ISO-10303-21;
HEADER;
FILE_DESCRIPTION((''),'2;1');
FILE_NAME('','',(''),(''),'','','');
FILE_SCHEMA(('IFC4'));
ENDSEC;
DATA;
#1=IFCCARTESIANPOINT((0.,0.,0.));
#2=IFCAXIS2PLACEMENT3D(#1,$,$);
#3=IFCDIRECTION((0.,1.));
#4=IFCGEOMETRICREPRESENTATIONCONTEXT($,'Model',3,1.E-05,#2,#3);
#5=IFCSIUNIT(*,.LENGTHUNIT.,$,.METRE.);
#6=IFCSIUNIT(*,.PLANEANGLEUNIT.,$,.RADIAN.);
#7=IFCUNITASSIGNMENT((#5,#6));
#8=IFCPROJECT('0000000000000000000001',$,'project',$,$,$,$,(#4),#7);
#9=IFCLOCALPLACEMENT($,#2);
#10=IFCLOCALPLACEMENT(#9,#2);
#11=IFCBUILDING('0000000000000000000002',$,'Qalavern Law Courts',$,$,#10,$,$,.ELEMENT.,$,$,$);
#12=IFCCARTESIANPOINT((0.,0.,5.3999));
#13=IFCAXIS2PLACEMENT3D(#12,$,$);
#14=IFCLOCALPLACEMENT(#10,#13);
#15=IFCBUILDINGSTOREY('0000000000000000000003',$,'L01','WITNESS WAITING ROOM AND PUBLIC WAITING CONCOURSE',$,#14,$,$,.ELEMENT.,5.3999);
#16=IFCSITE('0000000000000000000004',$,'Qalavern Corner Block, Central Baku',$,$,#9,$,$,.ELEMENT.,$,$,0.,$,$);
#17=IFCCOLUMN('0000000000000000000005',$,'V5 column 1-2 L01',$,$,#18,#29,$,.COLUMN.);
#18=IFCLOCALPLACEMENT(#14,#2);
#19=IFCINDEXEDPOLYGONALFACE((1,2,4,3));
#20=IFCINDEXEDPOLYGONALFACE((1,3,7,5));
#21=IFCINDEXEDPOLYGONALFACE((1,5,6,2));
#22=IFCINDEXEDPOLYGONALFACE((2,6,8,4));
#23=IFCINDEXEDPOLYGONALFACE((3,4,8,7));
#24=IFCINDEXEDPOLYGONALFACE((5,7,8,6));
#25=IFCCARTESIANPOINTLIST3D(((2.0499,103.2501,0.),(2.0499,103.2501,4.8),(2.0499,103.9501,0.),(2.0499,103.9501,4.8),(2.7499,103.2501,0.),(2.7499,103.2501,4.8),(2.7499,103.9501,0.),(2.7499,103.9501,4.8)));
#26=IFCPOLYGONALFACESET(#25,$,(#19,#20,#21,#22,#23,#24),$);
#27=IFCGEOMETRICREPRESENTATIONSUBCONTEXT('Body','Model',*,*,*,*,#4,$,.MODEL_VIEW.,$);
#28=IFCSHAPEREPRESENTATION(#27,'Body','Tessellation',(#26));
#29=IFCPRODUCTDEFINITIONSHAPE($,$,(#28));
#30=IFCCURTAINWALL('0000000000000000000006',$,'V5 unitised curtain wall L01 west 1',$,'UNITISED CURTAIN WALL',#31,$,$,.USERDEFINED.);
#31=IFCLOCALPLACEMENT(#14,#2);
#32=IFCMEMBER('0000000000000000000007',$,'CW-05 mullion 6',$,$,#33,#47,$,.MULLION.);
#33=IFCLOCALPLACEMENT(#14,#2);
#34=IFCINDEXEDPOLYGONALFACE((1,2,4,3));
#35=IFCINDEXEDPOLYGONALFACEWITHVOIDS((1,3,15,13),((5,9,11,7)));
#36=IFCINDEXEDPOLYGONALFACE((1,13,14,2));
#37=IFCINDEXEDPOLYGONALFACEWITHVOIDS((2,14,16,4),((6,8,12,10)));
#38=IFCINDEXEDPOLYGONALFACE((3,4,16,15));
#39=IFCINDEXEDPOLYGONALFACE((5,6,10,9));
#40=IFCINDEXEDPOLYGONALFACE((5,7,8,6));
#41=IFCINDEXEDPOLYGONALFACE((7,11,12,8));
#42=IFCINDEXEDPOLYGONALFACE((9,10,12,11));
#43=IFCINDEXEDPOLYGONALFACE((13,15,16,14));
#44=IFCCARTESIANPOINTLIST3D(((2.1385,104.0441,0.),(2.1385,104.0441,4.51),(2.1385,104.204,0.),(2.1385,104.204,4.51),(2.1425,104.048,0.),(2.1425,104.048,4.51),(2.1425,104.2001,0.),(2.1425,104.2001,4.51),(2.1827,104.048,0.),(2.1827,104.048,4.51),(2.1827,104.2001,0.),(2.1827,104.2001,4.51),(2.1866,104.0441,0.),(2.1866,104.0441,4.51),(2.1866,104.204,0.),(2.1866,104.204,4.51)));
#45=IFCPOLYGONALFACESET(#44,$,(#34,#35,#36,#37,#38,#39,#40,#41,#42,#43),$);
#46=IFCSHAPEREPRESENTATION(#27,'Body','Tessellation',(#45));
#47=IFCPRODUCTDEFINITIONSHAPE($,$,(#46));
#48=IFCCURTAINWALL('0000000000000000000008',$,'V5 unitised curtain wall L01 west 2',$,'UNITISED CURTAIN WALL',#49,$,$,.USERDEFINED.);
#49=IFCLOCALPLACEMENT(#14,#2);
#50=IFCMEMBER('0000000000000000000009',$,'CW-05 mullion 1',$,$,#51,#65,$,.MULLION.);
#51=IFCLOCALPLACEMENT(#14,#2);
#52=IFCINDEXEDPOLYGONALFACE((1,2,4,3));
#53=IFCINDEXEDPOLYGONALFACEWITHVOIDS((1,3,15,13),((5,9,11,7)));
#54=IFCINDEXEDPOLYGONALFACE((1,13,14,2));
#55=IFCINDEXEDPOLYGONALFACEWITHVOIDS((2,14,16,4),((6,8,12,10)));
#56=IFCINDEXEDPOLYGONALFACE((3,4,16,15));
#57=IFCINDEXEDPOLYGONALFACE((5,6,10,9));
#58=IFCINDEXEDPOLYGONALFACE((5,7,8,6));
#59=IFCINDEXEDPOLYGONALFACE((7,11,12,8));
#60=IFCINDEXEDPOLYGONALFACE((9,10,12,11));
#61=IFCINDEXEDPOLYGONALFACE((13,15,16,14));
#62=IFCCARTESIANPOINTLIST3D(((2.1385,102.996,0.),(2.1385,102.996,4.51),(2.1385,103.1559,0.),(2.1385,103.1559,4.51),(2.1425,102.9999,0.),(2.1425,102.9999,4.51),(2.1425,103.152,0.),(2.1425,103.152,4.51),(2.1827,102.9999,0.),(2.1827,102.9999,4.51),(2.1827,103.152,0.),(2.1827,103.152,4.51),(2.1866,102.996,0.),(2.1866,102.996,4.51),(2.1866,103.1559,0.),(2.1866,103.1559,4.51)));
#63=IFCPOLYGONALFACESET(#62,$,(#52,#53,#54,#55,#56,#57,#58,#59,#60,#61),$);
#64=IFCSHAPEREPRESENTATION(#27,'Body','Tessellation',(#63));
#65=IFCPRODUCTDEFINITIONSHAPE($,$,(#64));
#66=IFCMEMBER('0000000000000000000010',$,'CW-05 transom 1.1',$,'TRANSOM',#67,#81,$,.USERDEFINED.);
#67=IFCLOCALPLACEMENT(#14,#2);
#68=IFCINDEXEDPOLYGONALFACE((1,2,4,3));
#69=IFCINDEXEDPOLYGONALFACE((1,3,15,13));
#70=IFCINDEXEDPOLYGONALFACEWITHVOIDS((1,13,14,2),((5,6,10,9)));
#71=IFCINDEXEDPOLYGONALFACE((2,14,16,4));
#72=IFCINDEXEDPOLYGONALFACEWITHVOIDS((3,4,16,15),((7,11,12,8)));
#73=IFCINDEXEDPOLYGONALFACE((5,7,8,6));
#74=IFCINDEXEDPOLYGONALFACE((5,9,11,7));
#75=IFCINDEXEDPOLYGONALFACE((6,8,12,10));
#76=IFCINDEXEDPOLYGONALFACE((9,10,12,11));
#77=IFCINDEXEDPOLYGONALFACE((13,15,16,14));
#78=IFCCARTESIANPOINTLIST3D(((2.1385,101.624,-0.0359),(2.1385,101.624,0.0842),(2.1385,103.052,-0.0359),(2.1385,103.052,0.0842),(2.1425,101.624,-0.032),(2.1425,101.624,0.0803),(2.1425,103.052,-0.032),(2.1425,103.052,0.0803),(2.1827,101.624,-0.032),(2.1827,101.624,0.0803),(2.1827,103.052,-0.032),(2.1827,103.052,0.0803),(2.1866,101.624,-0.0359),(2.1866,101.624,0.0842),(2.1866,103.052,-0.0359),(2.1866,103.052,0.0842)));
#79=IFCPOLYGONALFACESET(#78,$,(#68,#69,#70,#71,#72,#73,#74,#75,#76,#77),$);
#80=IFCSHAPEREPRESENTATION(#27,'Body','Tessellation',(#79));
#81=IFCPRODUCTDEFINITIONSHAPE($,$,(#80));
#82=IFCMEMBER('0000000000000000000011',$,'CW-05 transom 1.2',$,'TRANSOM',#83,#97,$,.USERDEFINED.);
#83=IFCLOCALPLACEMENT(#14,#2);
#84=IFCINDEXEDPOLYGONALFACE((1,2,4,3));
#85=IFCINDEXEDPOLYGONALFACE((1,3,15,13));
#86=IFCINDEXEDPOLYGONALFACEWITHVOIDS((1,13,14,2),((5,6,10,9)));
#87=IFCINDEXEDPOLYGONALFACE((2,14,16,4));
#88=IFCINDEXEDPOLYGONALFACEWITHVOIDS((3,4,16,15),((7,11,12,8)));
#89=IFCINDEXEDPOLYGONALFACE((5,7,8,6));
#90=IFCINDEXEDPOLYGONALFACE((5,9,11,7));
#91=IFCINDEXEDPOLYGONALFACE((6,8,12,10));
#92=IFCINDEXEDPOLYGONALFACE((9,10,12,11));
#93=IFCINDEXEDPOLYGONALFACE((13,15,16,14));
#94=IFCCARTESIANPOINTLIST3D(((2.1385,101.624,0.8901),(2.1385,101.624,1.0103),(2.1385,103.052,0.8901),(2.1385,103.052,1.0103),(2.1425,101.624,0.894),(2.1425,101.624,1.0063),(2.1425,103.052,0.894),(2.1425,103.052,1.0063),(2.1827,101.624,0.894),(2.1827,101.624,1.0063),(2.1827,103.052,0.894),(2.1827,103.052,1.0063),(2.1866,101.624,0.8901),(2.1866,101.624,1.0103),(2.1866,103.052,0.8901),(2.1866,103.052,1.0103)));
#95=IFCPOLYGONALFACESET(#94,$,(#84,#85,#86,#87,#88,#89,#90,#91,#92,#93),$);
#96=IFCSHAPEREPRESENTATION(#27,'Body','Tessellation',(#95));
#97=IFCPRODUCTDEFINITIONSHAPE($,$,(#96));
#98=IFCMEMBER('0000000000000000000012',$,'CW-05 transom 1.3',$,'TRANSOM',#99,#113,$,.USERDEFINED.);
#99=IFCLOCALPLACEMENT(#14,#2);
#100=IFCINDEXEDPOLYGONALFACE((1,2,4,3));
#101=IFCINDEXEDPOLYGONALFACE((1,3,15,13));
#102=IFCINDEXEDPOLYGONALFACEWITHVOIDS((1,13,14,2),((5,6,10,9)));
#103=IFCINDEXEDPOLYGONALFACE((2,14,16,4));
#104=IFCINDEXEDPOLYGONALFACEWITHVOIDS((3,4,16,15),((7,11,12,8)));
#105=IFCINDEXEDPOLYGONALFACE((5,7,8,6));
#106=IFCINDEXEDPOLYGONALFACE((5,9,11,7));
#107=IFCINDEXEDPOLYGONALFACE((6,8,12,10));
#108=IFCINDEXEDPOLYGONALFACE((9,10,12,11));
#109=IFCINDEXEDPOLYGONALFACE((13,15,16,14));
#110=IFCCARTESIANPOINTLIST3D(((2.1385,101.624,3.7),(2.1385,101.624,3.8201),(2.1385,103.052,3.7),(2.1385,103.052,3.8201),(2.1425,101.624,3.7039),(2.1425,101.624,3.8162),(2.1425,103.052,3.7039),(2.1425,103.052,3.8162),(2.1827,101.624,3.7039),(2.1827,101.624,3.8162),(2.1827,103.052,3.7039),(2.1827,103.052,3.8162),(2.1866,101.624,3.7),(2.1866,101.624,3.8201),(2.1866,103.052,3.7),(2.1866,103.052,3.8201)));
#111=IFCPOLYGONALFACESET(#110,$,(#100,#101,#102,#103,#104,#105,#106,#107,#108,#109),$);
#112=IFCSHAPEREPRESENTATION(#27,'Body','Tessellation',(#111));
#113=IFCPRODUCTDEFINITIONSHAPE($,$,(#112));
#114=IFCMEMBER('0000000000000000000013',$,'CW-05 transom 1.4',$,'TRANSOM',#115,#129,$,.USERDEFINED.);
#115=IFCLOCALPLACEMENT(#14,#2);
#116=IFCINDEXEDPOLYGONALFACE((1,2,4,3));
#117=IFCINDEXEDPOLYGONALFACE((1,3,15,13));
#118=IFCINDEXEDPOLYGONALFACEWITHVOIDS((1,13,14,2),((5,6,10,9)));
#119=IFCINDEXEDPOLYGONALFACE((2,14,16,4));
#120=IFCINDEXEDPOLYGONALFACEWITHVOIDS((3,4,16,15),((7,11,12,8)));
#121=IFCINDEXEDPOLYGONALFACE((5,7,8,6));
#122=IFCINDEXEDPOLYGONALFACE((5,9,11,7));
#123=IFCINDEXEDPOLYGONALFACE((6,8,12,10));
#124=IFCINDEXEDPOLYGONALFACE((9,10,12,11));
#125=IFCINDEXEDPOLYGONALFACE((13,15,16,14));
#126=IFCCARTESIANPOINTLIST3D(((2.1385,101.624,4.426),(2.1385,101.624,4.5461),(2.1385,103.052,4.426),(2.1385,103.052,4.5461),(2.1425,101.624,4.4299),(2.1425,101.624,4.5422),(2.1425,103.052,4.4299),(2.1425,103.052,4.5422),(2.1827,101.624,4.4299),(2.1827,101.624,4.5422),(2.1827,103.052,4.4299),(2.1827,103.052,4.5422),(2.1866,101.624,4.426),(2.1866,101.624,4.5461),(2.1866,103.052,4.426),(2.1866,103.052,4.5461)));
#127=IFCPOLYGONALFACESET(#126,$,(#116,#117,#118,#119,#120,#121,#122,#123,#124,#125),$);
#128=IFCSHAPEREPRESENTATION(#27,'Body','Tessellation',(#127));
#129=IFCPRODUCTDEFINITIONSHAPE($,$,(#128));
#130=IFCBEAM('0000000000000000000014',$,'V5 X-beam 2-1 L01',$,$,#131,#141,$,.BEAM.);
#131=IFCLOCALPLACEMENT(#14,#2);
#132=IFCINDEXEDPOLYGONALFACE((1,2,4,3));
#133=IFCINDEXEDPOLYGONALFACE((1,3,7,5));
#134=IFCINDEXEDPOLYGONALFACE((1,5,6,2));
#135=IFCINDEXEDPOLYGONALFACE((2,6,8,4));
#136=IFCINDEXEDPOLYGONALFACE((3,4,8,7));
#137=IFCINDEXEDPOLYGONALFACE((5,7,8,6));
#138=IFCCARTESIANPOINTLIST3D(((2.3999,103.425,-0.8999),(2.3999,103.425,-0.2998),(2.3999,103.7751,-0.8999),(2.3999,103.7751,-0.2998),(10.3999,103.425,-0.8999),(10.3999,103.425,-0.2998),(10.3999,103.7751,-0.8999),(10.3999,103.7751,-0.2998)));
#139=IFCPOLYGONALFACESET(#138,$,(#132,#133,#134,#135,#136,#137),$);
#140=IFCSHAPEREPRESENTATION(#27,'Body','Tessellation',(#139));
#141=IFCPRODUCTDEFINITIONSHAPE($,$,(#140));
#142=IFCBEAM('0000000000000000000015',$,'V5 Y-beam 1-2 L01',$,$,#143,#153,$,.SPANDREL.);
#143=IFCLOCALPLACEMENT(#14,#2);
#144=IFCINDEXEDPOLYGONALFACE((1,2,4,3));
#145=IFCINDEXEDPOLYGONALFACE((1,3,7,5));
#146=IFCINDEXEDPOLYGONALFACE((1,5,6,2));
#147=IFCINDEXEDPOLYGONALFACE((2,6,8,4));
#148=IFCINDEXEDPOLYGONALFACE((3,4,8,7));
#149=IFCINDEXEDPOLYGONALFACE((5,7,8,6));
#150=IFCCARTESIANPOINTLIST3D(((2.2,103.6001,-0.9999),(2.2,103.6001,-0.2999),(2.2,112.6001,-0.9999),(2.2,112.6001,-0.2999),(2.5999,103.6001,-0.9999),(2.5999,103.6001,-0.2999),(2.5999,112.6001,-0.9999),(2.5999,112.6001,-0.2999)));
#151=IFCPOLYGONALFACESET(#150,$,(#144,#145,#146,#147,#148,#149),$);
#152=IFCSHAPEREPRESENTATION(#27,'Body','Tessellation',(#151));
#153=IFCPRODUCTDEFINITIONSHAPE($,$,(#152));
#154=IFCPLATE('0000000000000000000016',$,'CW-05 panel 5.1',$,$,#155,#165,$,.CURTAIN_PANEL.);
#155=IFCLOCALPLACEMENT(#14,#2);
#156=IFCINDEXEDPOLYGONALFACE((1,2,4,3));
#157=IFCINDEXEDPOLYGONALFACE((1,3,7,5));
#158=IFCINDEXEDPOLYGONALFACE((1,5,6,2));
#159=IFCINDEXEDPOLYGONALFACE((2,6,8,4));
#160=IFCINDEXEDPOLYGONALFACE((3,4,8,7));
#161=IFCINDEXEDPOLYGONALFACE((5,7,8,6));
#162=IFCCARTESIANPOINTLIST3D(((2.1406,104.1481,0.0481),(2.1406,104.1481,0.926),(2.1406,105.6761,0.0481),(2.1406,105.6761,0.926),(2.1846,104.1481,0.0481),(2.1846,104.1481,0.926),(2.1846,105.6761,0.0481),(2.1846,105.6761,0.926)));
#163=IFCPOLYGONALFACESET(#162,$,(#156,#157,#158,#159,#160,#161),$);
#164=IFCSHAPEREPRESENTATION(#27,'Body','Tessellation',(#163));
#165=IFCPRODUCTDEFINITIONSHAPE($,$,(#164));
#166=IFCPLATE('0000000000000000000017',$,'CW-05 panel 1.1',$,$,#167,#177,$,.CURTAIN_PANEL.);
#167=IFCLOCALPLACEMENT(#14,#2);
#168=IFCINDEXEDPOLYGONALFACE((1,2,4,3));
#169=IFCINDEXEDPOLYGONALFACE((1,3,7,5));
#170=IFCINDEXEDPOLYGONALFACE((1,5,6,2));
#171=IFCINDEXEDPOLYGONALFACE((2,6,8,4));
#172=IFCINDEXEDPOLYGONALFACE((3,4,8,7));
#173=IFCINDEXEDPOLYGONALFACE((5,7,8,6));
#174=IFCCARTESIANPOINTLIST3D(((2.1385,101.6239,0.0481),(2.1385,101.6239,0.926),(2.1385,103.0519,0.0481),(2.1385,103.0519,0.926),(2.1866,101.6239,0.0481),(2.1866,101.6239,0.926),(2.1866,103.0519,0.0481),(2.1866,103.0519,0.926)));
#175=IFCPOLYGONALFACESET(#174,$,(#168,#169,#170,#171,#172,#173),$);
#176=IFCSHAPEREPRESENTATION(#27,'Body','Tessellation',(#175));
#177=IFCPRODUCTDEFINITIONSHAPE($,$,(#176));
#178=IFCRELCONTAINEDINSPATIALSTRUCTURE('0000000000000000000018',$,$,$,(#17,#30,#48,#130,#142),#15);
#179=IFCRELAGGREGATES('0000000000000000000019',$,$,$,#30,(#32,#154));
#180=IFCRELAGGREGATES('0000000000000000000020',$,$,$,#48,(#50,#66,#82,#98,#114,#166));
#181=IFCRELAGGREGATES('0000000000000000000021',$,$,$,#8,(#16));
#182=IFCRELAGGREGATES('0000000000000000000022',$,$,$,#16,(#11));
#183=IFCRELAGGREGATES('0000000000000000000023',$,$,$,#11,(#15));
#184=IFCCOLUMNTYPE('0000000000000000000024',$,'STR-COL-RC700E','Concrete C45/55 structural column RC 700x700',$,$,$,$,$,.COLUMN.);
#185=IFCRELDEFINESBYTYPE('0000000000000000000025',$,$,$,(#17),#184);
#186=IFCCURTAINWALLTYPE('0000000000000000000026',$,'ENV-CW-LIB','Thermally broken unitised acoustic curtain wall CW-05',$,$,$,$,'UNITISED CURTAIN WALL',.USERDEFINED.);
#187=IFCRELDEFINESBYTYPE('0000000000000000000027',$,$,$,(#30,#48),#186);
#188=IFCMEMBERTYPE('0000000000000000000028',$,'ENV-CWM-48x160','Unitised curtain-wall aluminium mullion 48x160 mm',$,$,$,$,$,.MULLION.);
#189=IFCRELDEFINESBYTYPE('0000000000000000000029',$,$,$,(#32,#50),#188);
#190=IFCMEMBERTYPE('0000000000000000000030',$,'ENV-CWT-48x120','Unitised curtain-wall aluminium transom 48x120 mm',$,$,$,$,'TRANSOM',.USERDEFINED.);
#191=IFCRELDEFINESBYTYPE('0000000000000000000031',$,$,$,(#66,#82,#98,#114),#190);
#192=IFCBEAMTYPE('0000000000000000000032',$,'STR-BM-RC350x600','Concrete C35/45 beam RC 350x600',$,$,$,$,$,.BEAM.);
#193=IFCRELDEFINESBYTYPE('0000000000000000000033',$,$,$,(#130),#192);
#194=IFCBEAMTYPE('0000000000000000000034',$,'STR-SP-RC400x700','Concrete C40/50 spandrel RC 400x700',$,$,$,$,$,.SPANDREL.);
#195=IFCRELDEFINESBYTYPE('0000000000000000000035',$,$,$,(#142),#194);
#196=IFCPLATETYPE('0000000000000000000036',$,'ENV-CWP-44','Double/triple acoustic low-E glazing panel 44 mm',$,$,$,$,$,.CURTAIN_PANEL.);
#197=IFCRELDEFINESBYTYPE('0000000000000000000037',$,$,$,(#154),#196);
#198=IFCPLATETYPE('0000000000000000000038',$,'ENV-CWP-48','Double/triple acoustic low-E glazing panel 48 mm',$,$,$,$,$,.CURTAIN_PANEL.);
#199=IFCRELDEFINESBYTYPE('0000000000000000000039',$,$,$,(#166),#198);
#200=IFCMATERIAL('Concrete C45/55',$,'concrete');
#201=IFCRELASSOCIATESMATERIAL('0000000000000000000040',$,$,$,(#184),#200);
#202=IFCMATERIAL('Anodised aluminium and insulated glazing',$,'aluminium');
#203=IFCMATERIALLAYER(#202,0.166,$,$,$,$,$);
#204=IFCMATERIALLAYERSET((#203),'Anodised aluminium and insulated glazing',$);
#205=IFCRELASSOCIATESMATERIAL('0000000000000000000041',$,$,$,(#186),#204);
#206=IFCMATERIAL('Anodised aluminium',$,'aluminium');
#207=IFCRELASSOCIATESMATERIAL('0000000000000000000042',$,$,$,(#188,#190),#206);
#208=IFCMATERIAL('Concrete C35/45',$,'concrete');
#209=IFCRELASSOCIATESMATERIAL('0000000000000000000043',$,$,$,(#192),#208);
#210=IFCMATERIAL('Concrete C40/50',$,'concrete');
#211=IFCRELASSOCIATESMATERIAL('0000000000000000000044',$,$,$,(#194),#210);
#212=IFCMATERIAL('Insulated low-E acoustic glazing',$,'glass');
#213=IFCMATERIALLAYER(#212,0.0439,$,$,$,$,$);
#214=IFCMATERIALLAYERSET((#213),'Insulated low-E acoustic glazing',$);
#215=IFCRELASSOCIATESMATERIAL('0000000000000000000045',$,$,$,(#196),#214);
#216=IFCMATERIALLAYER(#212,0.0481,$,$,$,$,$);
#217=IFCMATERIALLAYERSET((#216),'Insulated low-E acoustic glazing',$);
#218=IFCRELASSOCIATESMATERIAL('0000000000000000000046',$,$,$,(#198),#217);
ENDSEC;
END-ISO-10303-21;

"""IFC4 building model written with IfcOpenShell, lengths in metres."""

from ifc_helpers import new_model, si_unit, direction, frame, origin, origin_2d, place, context, subcontext, project, spatial, rectangle, hollow_rectangle, extrude, material, layer, layer_set, material_profile, profile_set, type_object, element, aggregate, save


model = new_model("IFC4")

# Units and contexts
model_context = context("Model", 3, precision=1e-05, world=origin(), true_north=direction((0.0, 1.0)))
body_context = subcontext(model_context, "Body", "Model", "MODEL_VIEW")
ifc_project = project(units=[si_unit("LENGTHUNIT", "METRE"), si_unit("PLANEANGLEUNIT", "RADIAN")], contexts=[model_context])

# Site, building, storey
site_placement = place(None, origin())
site = spatial("IfcSite", under=ifc_project, at=site_placement, Name="Qalavern Corner Block, Central Baku", CompositionType="ELEMENT", RefElevation=0.0)
building_placement = place(site_placement, origin())
building = spatial("IfcBuilding", under=site, at=building_placement, Name="Qalavern Law Courts", CompositionType="ELEMENT")
storey_placement = place(building_placement, frame((0.0, 0.0, 5.3999)))
storey = spatial("IfcBuildingStorey", under=building, at=storey_placement, Name="L01", Description="WITNESS WAITING ROOM AND PUBLIC WAITING CONCOURSE", CompositionType="ELEMENT", Elevation=5.3999)

# Column
ifc_material_1 = material(Name="Concrete C45/55", Category="concrete")
ifc_material_profile_1 = material_profile(ifc_material_1, rectangle(XDim=0.7, YDim=0.7, at=origin_2d()), Name="RC 700x700")
ifc_profile_set_1 = profile_set([ifc_material_profile_1], Name="Concrete C45/55")
column_type = type_object("IfcColumnType", Name="STR-COL-RC700E", Description="Concrete C45/55 structural column RC 700x700", PredefinedType="COLUMN", material=ifc_profile_set_1)
column_placement = place(storey_placement, frame((2.3999, 103.6001, 0.0), z_axis=(0.0, 0.0, 1.0), x_axis=(1.0, 0.0, 0.0)))
element("IfcColumn", 1, at=column_placement, inside=storey, type_object=column_type, Name="V5 column 1-2 L01", PredefinedType="COLUMN", context=body_context, shape_type="SweptSolid", body=[
    extrude(rectangle(XDim=0.7, YDim=0.7, at=origin_2d()), origin(), (0.0, 0.0, 1.0), 4.8),
])

# Curtain wall, member
ifc_material_2 = material(Name="Anodised aluminium and insulated glazing", Category="aluminium")
ifc_layer_1 = layer(ifc_material_2, 0.166)
ifc_layer_set_1 = layer_set([ifc_layer_1], Name="Anodised aluminium and insulated glazing")
curtain_wall_type = type_object("IfcCurtainWallType", Name="ENV-CW-LIB", Description="Thermally broken unitised acoustic curtain wall CW-05", ElementType="UNITISED CURTAIN WALL", PredefinedType="USERDEFINED", material=ifc_layer_set_1)
curtain_wall_1_placement = place(storey_placement, origin())
curtain_wall_1 = element("IfcCurtainWall", 2, at=curtain_wall_1_placement, inside=storey, type_object=curtain_wall_type, Name="V5 unitised curtain wall L01 west 1", ObjectType="UNITISED CURTAIN WALL", PredefinedType="USERDEFINED")
ifc_material_3 = material(Name="Anodised aluminium", Category="aluminium")
ifc_material_profile_2 = material_profile(ifc_material_3, hollow_rectangle(XDim=0.0481, YDim=0.1599, WallThickness=0.0039, at=origin_2d()), Name="ALU MULLION 48x160")
ifc_profile_set_2 = profile_set([ifc_material_profile_2], Name="Anodised aluminium")
member_type_1 = type_object("IfcMemberType", Name="ENV-CWM-48x160", Description="Unitised curtain-wall aluminium mullion 48x160 mm", PredefinedType="MULLION", material=ifc_profile_set_2)
member_1_placement = place(storey_placement, frame((2.1626, 104.124, 0.0), z_axis=(0.0, 0.0, 1.0), x_axis=(1.0, 0.0, 0.0)))
member_1 = element("IfcMember", 3, at=member_1_placement, type_object=member_type_1, Name="CW-05 mullion 6", PredefinedType="MULLION", context=body_context, shape_type="SweptSolid", body=[
    extrude(hollow_rectangle(XDim=0.0481, YDim=0.1599, WallThickness=0.0039, at=origin_2d()), origin(), (0.0, 0.0, 1.0), 4.51),
])

# Curtain wall, members
curtain_wall_2_placement = place(storey_placement, origin())
curtain_wall_2 = element("IfcCurtainWall", 4, at=curtain_wall_2_placement, inside=storey, type_object=curtain_wall_type, Name="V5 unitised curtain wall L01 west 2", ObjectType="UNITISED CURTAIN WALL", PredefinedType="USERDEFINED")
member_2_placement = place(storey_placement, frame((2.1626, 103.0759, 0.0), z_axis=(0.0, 0.0, 1.0), x_axis=(1.0, 0.0, 0.0)))
member_2 = element("IfcMember", 5, at=member_2_placement, type_object=member_type_1, Name="CW-05 mullion 1", PredefinedType="MULLION", context=body_context, shape_type="SweptSolid", body=[
    extrude(hollow_rectangle(XDim=0.0481, YDim=0.1599, WallThickness=0.0039, at=origin_2d()), origin(), (0.0, 0.0, 1.0), 4.51),
])
ifc_material_profile_3 = material_profile(ifc_material_3, hollow_rectangle(XDim=0.0481, YDim=0.1201, WallThickness=0.0039, at=origin_2d()), Name="ALU TRANSOM 48x120")
ifc_profile_set_3 = profile_set([ifc_material_profile_3], Name="Anodised aluminium")
member_type_2 = type_object("IfcMemberType", Name="ENV-CWT-48x120", Description="Unitised curtain-wall aluminium transom 48x120 mm", ElementType="TRANSOM", PredefinedType="USERDEFINED", material=ifc_profile_set_3)
member_3_placement = place(storey_placement, frame((2.1626, 103.052, 0.0242), z_axis=(0.0, -1.0, 0.0), x_axis=(1.0, 0.0, 0.0)))
member_3 = element("IfcMember", 6, at=member_3_placement, type_object=member_type_2, Name="CW-05 transom 1.1", ObjectType="TRANSOM", PredefinedType="USERDEFINED", context=body_context, shape_type="SweptSolid", body=[
    extrude(hollow_rectangle(XDim=0.0481, YDim=0.1201, WallThickness=0.0039, at=origin_2d()), origin(), (0.0, 0.0, 1.0), 1.428),
])
member_4_placement = place(storey_placement, frame((2.1626, 103.052, 0.9502), z_axis=(0.0, -1.0, 0.0), x_axis=(1.0, 0.0, 0.0)))
member_4 = element("IfcMember", 7, at=member_4_placement, type_object=member_type_2, Name="CW-05 transom 1.2", ObjectType="TRANSOM", PredefinedType="USERDEFINED", context=body_context, shape_type="SweptSolid", body=[
    extrude(hollow_rectangle(XDim=0.0481, YDim=0.1201, WallThickness=0.0039, at=origin_2d()), origin(), (0.0, 0.0, 1.0), 1.428),
])
member_5_placement = place(storey_placement, frame((2.1626, 103.052, 3.76), z_axis=(0.0, -1.0, 0.0), x_axis=(1.0, 0.0, 0.0)))
member_5 = element("IfcMember", 8, at=member_5_placement, type_object=member_type_2, Name="CW-05 transom 1.3", ObjectType="TRANSOM", PredefinedType="USERDEFINED", context=body_context, shape_type="SweptSolid", body=[
    extrude(hollow_rectangle(XDim=0.0481, YDim=0.1201, WallThickness=0.0039, at=origin_2d()), origin(), (0.0, 0.0, 1.0), 1.428),
])
member_6_placement = place(storey_placement, frame((2.1626, 103.052, 4.4861), z_axis=(0.0, -1.0, 0.0), x_axis=(1.0, 0.0, 0.0)))
member_6 = element("IfcMember", 9, at=member_6_placement, type_object=member_type_2, Name="CW-05 transom 1.4", ObjectType="TRANSOM", PredefinedType="USERDEFINED", context=body_context, shape_type="SweptSolid", body=[
    extrude(hollow_rectangle(XDim=0.0481, YDim=0.1201, WallThickness=0.0039, at=origin_2d()), origin(), (0.0, 0.0, 1.0), 1.428),
])

# Beams
ifc_material_4 = material(Name="Concrete C35/45", Category="concrete")
ifc_material_profile_4 = material_profile(ifc_material_4, rectangle(XDim=0.3501, YDim=0.6001, at=origin_2d()), Name="RC 350x600")
ifc_profile_set_4 = profile_set([ifc_material_profile_4], Name="Concrete C35/45")
beam_type_1 = type_object("IfcBeamType", Name="STR-BM-RC350x600", Description="Concrete C35/45 beam RC 350x600", PredefinedType="BEAM", material=ifc_profile_set_4)
beam_1_placement = place(storey_placement, frame((2.3999, 103.6001, -0.5999), z_axis=(1.0, 0.0, 0.0), x_axis=(0.0, 1.0, 0.0)))
element("IfcBeam", 10, at=beam_1_placement, inside=storey, type_object=beam_type_1, Name="V5 X-beam 2-1 L01", PredefinedType="BEAM", context=body_context, shape_type="SweptSolid", body=[
    extrude(rectangle(XDim=0.3501, YDim=0.6001, at=origin_2d()), origin(), (0.0, 0.0, 1.0), 8.0),
])
ifc_material_5 = material(Name="Concrete C40/50", Category="concrete")
ifc_material_profile_5 = material_profile(ifc_material_5, rectangle(XDim=0.3999, YDim=0.7, at=origin_2d()), Name="RC 400x700")
ifc_profile_set_5 = profile_set([ifc_material_profile_5], Name="Concrete C40/50")
beam_type_2 = type_object("IfcBeamType", Name="STR-SP-RC400x700", Description="Concrete C40/50 spandrel RC 400x700", PredefinedType="SPANDREL", material=ifc_profile_set_5)
beam_2_placement = place(storey_placement, frame((2.3999, 103.6001, -0.6499), z_axis=(0.0, 1.0, 0.0), x_axis=(-1.0, 0.0, 0.0)))
element("IfcBeam", 11, at=beam_2_placement, inside=storey, type_object=beam_type_2, Name="V5 Y-beam 1-2 L01", PredefinedType="SPANDREL", context=body_context, shape_type="SweptSolid", body=[
    extrude(rectangle(XDim=0.3999, YDim=0.7, at=origin_2d()), origin(), (0.0, 0.0, 1.0), 9.0),
])

# Plates
ifc_material_6 = material(Name="Insulated low-E acoustic glazing", Category="glass")
ifc_layer_2 = layer(ifc_material_6, 0.0439)
ifc_layer_set_2 = layer_set([ifc_layer_2], Name="Insulated low-E acoustic glazing")
plate_type_1 = type_object("IfcPlateType", Name="ENV-CWP-44", Description="Double/triple acoustic low-E glazing panel 44 mm", PredefinedType="CURTAIN_PANEL", material=ifc_layer_set_2)
plate_1_placement = place(storey_placement, frame((2.1626, 104.9121, 0.0481), z_axis=(0.0, 0.0, 1.0), x_axis=(0.0, -1.0, 0.0)))
plate_1 = element("IfcPlate", 12, at=plate_1_placement, type_object=plate_type_1, Name="CW-05 panel 5.1", PredefinedType="CURTAIN_PANEL", context=body_context, shape_type="SweptSolid", body=[
    extrude(rectangle(XDim=1.5281, YDim=0.0439, at=origin_2d()), origin(), (0.0, 0.0, 1.0), 0.8779),
])
aggregate(curtain_wall_1, [member_1, plate_1])
ifc_layer_3 = layer(ifc_material_6, 0.0481)
ifc_layer_set_3 = layer_set([ifc_layer_3], Name="Insulated low-E acoustic glazing")
plate_type_2 = type_object("IfcPlateType", Name="ENV-CWP-48", Description="Double/triple acoustic low-E glazing panel 48 mm", PredefinedType="CURTAIN_PANEL", material=ifc_layer_set_3)
plate_2_placement = place(storey_placement, frame((2.1626, 102.3379, 0.0481), z_axis=(0.0, 0.0, 1.0), x_axis=(0.0, -1.0, 0.0)))
plate_2 = element("IfcPlate", 13, at=plate_2_placement, type_object=plate_type_2, Name="CW-05 panel 1.1", PredefinedType="CURTAIN_PANEL", context=body_context, shape_type="SweptSolid", body=[
    extrude(rectangle(XDim=1.428, YDim=0.0481, at=origin_2d()), origin(), (0.0, 0.0, 1.0), 0.8779),
])
aggregate(curtain_wall_2, [member_2, member_3, member_4, member_5, member_6, plate_2])

save(model, "model.ifc")
